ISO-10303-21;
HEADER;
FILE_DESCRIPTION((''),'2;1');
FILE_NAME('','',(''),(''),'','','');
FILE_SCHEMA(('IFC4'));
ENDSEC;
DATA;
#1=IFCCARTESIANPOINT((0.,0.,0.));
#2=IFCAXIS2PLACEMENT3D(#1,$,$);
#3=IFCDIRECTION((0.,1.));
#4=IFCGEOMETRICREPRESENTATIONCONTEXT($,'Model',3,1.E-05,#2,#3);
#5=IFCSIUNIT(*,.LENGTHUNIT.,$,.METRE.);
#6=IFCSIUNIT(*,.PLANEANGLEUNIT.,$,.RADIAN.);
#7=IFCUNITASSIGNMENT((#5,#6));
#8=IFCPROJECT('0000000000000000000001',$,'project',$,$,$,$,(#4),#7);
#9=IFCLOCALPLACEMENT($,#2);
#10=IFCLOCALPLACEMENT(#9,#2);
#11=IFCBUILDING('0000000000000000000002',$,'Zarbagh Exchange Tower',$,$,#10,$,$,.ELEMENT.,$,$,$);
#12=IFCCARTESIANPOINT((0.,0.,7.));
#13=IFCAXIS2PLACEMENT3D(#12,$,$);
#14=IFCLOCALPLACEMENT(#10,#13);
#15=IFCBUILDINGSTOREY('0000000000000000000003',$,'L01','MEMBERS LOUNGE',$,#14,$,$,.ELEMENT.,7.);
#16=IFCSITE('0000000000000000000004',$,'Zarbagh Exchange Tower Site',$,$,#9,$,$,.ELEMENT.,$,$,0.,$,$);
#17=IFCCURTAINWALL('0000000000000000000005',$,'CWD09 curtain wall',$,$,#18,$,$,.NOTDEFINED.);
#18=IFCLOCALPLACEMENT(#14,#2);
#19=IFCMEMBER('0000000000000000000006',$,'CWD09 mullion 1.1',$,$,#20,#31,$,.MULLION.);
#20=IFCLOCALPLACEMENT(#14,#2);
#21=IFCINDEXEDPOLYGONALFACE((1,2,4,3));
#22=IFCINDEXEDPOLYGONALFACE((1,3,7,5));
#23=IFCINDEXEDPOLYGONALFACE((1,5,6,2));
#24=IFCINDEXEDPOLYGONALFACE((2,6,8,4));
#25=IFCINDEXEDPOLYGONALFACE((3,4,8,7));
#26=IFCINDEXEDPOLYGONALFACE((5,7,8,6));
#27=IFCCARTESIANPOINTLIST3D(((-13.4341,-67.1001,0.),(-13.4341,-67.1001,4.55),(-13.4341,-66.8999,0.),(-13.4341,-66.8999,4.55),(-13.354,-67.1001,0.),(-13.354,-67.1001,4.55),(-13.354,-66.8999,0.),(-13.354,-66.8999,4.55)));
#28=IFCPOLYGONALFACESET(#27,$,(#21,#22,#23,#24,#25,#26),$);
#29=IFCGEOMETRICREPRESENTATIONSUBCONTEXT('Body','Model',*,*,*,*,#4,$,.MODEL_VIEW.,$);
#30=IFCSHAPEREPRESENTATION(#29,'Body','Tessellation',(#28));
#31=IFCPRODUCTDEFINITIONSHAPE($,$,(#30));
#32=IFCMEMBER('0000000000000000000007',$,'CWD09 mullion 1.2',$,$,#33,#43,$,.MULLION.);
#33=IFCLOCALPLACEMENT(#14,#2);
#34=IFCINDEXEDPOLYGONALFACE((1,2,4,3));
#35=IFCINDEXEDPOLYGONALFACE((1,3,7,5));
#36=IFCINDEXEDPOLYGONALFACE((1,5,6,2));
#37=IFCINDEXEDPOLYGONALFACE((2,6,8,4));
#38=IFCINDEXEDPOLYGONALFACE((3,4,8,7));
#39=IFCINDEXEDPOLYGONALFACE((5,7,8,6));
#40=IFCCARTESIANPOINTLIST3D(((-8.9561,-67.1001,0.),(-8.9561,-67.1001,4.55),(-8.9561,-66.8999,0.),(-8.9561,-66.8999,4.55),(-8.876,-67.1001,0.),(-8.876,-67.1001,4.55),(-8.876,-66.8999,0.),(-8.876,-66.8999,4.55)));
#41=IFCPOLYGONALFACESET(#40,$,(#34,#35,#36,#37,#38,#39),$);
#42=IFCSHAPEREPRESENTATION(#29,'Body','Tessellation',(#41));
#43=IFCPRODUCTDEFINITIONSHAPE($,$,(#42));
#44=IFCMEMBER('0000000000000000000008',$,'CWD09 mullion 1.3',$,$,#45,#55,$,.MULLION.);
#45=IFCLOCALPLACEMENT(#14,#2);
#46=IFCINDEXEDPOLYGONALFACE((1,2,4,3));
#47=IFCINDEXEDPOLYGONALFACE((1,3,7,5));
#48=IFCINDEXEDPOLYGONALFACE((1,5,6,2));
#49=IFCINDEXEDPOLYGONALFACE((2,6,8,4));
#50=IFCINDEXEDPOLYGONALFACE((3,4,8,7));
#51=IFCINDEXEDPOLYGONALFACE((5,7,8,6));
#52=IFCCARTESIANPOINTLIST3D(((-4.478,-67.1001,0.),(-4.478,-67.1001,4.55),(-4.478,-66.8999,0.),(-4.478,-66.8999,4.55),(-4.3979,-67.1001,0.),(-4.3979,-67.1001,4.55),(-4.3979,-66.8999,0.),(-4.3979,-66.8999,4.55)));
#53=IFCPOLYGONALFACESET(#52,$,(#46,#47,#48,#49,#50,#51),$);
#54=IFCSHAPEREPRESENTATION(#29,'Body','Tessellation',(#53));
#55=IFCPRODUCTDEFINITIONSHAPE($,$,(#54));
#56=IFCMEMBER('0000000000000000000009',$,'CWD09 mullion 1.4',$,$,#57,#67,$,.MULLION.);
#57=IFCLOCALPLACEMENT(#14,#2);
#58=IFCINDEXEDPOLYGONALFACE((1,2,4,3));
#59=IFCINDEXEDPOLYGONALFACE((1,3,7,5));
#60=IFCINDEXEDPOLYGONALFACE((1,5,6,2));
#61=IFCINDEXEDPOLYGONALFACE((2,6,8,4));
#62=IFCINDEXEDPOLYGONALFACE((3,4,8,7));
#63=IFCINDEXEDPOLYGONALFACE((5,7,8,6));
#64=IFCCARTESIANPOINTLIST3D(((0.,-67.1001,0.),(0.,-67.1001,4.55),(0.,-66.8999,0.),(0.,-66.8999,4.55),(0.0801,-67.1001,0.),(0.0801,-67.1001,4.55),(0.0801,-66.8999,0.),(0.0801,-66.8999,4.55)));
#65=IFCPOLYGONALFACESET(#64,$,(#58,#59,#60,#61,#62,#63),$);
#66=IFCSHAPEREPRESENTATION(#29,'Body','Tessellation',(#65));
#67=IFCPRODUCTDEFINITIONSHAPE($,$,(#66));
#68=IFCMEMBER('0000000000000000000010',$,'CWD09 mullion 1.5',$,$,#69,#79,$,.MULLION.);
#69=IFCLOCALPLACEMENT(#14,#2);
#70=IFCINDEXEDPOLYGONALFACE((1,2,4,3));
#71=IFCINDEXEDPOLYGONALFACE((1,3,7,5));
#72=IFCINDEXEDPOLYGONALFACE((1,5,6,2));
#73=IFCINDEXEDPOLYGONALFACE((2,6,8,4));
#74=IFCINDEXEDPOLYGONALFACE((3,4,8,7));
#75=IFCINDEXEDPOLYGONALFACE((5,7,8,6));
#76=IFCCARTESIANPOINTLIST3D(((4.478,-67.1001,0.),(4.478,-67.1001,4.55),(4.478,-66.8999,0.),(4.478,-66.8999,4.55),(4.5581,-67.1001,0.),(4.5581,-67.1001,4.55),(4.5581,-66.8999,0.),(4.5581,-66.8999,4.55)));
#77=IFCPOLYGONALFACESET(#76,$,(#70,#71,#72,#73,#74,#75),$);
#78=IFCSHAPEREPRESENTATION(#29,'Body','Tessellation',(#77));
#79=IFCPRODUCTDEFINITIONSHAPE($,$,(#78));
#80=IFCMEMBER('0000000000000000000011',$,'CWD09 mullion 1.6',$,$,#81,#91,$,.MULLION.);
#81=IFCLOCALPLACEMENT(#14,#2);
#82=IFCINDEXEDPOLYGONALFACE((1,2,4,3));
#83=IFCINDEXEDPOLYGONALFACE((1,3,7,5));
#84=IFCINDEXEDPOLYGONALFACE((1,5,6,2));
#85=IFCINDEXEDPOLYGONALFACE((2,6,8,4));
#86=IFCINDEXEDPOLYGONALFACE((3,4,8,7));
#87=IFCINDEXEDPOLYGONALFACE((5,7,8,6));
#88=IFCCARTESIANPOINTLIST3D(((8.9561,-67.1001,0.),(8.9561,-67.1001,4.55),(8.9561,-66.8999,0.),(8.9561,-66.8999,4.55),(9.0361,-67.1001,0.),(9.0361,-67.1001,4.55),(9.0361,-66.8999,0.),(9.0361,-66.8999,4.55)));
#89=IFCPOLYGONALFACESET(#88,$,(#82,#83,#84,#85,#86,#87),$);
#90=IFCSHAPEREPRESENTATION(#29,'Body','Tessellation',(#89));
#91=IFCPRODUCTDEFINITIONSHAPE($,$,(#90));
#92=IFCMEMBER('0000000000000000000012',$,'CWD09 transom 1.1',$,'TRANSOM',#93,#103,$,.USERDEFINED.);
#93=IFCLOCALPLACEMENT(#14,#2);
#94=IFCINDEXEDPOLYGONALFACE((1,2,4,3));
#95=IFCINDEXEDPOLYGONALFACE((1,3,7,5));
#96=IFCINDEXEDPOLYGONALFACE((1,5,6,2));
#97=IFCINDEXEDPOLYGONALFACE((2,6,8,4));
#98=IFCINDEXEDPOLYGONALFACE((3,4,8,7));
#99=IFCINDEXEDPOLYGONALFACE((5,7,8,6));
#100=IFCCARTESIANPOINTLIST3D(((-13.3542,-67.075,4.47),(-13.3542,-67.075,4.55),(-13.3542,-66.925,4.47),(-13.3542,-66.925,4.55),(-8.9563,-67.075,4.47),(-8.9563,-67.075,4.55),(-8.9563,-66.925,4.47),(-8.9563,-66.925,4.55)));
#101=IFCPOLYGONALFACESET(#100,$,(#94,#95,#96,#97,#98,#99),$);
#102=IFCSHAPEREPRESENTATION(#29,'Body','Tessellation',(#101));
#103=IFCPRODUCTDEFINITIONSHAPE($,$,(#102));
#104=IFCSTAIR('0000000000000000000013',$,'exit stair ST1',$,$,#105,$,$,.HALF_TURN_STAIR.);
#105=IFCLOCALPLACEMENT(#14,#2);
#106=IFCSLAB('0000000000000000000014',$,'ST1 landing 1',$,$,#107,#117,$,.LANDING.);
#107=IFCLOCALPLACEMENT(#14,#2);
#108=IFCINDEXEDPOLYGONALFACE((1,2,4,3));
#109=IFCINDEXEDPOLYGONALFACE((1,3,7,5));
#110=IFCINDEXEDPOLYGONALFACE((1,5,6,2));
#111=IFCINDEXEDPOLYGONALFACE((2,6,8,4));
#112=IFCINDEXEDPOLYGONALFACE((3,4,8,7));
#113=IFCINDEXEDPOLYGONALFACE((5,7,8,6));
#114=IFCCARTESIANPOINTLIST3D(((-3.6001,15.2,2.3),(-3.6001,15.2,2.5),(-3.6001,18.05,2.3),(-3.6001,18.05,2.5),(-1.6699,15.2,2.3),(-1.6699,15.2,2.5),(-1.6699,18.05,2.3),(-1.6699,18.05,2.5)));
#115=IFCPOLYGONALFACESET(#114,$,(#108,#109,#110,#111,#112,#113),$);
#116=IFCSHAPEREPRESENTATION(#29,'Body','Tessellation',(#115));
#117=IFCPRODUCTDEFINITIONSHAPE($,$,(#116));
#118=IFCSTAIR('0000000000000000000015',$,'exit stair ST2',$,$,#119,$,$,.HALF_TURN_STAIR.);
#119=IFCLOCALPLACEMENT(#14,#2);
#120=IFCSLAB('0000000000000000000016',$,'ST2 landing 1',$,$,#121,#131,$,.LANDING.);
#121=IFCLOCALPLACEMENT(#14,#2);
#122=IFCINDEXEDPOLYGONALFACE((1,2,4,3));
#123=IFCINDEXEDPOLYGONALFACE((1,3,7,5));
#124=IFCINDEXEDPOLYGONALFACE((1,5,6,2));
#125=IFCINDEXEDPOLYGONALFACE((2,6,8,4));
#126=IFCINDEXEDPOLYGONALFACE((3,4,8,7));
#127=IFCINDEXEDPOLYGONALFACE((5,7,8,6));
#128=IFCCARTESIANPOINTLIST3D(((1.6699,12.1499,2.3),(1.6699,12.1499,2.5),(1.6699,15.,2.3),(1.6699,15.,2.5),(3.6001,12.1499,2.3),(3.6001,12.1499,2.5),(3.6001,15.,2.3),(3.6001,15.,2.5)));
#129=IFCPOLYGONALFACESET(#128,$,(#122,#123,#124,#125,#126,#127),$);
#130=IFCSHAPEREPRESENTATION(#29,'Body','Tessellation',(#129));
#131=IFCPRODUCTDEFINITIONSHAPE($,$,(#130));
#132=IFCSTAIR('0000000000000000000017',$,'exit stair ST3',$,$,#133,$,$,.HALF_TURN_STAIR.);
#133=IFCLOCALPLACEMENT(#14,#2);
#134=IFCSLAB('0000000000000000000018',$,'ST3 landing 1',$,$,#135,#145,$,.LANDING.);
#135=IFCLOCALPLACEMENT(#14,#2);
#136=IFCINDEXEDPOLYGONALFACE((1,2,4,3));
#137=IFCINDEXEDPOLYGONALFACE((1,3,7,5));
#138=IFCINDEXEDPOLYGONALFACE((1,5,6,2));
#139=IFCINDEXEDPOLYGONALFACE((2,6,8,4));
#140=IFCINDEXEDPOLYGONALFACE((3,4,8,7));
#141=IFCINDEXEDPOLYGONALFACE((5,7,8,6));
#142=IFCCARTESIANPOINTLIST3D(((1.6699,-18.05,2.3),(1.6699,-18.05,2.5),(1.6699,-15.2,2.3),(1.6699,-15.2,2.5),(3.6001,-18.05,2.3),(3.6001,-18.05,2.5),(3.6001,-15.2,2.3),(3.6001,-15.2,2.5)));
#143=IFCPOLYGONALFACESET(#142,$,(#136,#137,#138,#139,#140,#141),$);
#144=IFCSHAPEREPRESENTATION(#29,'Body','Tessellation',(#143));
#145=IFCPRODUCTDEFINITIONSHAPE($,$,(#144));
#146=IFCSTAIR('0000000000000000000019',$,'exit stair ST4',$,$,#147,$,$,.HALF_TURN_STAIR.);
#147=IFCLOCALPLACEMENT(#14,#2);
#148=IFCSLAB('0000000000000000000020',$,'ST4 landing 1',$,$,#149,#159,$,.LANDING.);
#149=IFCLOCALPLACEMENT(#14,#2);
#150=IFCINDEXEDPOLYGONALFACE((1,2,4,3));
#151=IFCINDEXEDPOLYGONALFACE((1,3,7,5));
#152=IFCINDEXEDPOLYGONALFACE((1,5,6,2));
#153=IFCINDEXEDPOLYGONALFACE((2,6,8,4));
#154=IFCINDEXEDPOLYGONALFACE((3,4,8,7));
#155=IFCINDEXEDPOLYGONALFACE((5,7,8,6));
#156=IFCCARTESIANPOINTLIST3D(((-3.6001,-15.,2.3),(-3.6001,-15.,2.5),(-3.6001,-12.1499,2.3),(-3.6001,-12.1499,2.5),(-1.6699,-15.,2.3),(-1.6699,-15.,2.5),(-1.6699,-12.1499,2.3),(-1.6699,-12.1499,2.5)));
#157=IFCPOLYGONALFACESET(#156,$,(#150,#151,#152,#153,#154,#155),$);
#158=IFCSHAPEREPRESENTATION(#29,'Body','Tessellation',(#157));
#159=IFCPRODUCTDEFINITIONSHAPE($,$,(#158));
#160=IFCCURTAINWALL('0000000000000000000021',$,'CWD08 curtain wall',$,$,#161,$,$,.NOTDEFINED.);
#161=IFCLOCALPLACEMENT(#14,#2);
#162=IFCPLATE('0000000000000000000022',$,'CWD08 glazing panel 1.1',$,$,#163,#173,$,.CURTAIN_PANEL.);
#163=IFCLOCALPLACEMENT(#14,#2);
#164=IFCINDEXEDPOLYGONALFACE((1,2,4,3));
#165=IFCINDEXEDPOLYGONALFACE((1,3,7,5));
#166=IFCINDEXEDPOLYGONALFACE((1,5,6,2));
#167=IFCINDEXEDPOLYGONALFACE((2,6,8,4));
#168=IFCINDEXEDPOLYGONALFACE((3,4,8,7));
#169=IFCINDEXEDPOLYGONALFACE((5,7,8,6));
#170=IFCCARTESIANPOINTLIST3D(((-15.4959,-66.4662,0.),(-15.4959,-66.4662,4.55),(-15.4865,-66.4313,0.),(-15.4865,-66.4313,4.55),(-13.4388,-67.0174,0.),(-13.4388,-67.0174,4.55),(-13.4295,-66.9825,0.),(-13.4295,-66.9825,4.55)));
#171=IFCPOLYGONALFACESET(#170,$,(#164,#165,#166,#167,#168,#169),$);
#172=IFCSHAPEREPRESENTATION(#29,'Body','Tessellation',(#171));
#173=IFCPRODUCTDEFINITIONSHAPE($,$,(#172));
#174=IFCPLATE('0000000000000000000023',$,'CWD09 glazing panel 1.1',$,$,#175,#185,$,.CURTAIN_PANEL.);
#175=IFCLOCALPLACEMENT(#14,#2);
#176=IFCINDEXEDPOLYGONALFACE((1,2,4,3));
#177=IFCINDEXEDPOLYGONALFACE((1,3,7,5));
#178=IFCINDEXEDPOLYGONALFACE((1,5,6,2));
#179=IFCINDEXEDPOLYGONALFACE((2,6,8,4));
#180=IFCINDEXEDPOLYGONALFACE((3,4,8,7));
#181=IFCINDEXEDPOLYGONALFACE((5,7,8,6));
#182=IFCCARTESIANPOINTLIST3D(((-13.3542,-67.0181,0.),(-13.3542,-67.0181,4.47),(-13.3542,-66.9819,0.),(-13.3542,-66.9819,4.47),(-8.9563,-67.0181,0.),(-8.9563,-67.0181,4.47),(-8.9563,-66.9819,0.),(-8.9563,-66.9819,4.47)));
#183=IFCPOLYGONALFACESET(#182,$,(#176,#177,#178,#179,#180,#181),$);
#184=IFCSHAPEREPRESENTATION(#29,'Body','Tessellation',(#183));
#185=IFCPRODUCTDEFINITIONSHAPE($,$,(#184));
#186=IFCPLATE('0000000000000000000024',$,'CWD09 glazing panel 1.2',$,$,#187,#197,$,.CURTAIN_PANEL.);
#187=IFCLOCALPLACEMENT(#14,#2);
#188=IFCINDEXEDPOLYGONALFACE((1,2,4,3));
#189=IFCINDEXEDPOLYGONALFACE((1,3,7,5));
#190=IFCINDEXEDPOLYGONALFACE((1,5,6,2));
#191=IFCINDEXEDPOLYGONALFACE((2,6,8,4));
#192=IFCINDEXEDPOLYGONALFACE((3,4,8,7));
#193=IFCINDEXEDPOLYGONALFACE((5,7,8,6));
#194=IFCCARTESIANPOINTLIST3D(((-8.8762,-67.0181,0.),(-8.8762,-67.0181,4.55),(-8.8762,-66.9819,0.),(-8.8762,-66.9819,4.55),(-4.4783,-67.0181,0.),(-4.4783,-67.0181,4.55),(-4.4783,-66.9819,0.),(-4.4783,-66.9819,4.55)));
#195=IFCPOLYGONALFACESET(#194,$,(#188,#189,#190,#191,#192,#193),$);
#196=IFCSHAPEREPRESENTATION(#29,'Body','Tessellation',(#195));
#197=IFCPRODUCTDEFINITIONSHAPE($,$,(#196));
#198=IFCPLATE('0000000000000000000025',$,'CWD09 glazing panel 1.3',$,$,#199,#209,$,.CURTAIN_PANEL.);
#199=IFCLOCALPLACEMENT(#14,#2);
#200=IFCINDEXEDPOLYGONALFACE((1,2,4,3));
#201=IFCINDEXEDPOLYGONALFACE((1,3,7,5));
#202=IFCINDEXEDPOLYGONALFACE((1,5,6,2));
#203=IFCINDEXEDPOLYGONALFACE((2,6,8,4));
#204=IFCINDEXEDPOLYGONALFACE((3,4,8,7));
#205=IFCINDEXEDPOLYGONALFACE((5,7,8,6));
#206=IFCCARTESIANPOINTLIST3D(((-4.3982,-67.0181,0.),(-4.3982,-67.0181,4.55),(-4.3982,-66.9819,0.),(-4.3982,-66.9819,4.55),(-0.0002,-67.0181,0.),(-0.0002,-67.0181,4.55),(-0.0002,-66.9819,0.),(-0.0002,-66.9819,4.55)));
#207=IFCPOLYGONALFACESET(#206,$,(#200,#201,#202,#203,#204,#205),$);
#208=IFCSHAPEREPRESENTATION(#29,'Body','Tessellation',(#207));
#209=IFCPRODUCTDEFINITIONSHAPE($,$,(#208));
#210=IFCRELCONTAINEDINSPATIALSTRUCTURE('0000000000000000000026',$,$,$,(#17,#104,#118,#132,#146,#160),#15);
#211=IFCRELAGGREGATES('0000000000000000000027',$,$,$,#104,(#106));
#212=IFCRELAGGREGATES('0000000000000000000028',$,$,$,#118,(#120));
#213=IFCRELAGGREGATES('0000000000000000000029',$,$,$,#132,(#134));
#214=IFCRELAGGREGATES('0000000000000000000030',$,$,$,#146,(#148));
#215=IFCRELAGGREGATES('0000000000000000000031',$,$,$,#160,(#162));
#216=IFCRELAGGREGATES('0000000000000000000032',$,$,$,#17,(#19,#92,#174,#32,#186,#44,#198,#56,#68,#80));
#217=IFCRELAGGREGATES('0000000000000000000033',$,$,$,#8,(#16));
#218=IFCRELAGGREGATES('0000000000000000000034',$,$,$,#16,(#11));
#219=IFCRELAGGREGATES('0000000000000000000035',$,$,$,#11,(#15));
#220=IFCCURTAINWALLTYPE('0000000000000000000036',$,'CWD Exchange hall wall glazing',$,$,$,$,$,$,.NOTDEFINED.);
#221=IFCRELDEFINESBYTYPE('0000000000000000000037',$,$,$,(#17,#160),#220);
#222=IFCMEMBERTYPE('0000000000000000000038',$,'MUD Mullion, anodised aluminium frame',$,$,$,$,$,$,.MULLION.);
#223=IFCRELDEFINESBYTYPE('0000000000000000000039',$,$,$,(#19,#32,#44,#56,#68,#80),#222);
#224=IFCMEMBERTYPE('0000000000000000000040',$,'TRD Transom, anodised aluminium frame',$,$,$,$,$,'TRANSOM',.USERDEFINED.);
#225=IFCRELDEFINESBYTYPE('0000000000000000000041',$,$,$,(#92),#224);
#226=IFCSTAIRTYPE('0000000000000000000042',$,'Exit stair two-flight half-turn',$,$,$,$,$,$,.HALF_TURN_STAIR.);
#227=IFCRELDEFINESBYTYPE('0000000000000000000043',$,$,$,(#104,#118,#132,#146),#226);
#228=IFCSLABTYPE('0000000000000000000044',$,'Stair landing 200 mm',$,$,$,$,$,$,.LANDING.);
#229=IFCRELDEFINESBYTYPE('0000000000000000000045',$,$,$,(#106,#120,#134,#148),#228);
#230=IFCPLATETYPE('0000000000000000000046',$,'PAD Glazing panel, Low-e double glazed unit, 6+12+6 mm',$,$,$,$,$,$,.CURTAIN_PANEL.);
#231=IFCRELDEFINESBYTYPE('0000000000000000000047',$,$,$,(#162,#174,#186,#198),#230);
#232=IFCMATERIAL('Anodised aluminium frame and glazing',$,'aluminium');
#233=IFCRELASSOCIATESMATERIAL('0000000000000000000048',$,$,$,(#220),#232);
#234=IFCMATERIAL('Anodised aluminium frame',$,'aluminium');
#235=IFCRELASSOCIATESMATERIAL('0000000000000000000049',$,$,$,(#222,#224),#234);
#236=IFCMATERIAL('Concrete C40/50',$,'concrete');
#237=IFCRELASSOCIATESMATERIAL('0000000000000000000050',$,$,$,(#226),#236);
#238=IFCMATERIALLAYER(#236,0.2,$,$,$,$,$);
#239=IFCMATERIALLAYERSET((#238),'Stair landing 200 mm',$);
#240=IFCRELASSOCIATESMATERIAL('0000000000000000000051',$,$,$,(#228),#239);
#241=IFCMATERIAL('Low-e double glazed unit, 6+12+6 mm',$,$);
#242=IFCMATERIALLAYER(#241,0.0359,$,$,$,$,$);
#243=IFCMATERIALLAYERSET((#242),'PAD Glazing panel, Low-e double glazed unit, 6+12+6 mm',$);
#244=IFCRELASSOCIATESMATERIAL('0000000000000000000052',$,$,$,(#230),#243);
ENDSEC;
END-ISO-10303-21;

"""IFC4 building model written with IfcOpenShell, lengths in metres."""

from ifc_helpers import new_model, si_unit, direction, frame, origin, place, context, subcontext, project, spatial, polyline, outline, extrude, source, transform, mapped, material, layer, layer_set, type_object, element, aggregate, save


model = new_model("IFC4")

# Units and contexts
model_context = context("Model", 3, precision=1e-05, world=origin(), true_north=direction((0.0, 1.0)))
body_context = subcontext(model_context, "Body", "Model", "MODEL_VIEW")
ifc_project = project(units=[si_unit("LENGTHUNIT", "METRE"), si_unit("PLANEANGLEUNIT", "RADIAN")], contexts=[model_context])

# Site, building, storey
site_placement = place(None, origin())
site = spatial("IfcSite", under=ifc_project, at=site_placement, Name="Zarbagh Exchange Tower Site", CompositionType="ELEMENT", RefElevation=0.0)
building_placement = place(site_placement, origin())
building = spatial("IfcBuilding", under=site, at=building_placement, Name="Zarbagh Exchange Tower", CompositionType="ELEMENT")
storey_placement = place(building_placement, frame((0.0, 0.0, 7.0)))
storey = spatial("IfcBuildingStorey", under=building, at=storey_placement, Name="L01", Description="MEMBERS LOUNGE", CompositionType="ELEMENT", Elevation=7.0)

# Curtain wall, members
ifc_material_1 = material(Name="Anodised aluminium frame and glazing", Category="aluminium")
curtain_wall_type = type_object("IfcCurtainWallType", Name="CWD Exchange hall wall glazing", PredefinedType="NOTDEFINED", material=ifc_material_1)
curtain_wall_1_placement = place(storey_placement, origin())
curtain_wall_1 = element("IfcCurtainWall", 1, at=curtain_wall_1_placement, inside=storey, type_object=curtain_wall_type, Name="CWD09 curtain wall", PredefinedType="NOTDEFINED")
ifc_material_2 = material(Name="Anodised aluminium frame", Category="aluminium")
member_type_1 = type_object("IfcMemberType", Name="MUD Mullion, anodised aluminium frame", PredefinedType="MULLION", material=ifc_material_2)
shared_shape_1 = source(origin(), body_context, "Body", "SweptSolid", [
    extrude(outline(polyline([(0.0, -0.1001), (0.0801, -0.1001), (0.0801, 0.1001), (0.0, 0.1001), (0.0, -0.1001)])), origin(), (0.0, 0.0, 1.0), 4.55),
])
placement = place(storey_placement, origin())
member_1 = element("IfcMember", 2, at=placement, type_object=member_type_1, Name="CWD09 mullion 1.1", PredefinedType="MULLION", context=body_context, shape_type="MappedRepresentation", body=[
    mapped(shared_shape_1, transform((-13.4341, -67.0, 0.0), x_axis=(1.0, 0.0, 0.0), y_axis=(0.0, 1.0, 0.0), z_axis=(0.0, 0.0, 1.0))),
])
member_2 = element("IfcMember", 3, at=placement, type_object=member_type_1, Name="CWD09 mullion 1.2", PredefinedType="MULLION", context=body_context, shape_type="MappedRepresentation", body=[
    mapped(shared_shape_1, transform((-8.9561, -67.0, 0.0), x_axis=(1.0, 0.0, 0.0), y_axis=(0.0, 1.0, 0.0), z_axis=(0.0, 0.0, 1.0))),
])
member_3 = element("IfcMember", 4, at=placement, type_object=member_type_1, Name="CWD09 mullion 1.3", PredefinedType="MULLION", context=body_context, shape_type="MappedRepresentation", body=[
    mapped(shared_shape_1, transform((-4.478, -67.0, 0.0), x_axis=(1.0, 0.0, 0.0), y_axis=(0.0, 1.0, 0.0), z_axis=(0.0, 0.0, 1.0))),
])
member_4 = element("IfcMember", 5, at=placement, type_object=member_type_1, Name="CWD09 mullion 1.4", PredefinedType="MULLION", context=body_context, shape_type="MappedRepresentation", body=[
    mapped(shared_shape_1, transform((0.0, -67.0, 0.0), x_axis=(1.0, 0.0, 0.0), y_axis=(0.0, 1.0, 0.0), z_axis=(0.0, 0.0, 1.0))),
])
member_5 = element("IfcMember", 6, at=placement, type_object=member_type_1, Name="CWD09 mullion 1.5", PredefinedType="MULLION", context=body_context, shape_type="MappedRepresentation", body=[
    mapped(shared_shape_1, transform((4.478, -67.0, 0.0), x_axis=(1.0, 0.0, 0.0), y_axis=(0.0, 1.0, 0.0), z_axis=(0.0, 0.0, 1.0))),
])
member_6 = element("IfcMember", 7, at=placement, type_object=member_type_1, Name="CWD09 mullion 1.6", PredefinedType="MULLION", context=body_context, shape_type="MappedRepresentation", body=[
    mapped(shared_shape_1, transform((8.9561, -67.0, 0.0), x_axis=(1.0, 0.0, 0.0), y_axis=(0.0, 1.0, 0.0), z_axis=(0.0, 0.0, 1.0))),
])
member_type_2 = type_object("IfcMemberType", Name="TRD Transom, anodised aluminium frame", ElementType="TRANSOM", PredefinedType="USERDEFINED", material=ifc_material_2)
shared_shape_2 = source(origin(), body_context, "Body", "SweptSolid", [
    extrude(outline(polyline([(-0.0801, -0.075), (0.0, -0.075), (0.0, 0.075), (-0.0801, 0.075), (-0.0801, -0.075)])), origin(), (0.0, 0.0, 1.0), 4.3979),
])
member_7 = element("IfcMember", 8, at=placement, type_object=member_type_2, Name="CWD09 transom 1.1", ObjectType="TRANSOM", PredefinedType="USERDEFINED", context=body_context, shape_type="MappedRepresentation", body=[
    mapped(shared_shape_2, transform((-13.3542, -67.0, 4.55), x_axis=(0.0, 0.0, 1.0), y_axis=(0.0, -1.0, 0.0), z_axis=(1.0, 0.0, 0.0))),
])

# Stairs, slabs
ifc_material_3 = material(Name="Concrete C40/50", Category="concrete")
stair_type = type_object("IfcStairType", Name="Exit stair two-flight half-turn", PredefinedType="HALF_TURN_STAIR", material=ifc_material_3)
stair_1_placement = place(storey_placement, origin())
stair_1 = element("IfcStair", 9, at=stair_1_placement, inside=storey, type_object=stair_type, Name="exit stair ST1", PredefinedType="HALF_TURN_STAIR")
ifc_layer_1 = layer(ifc_material_3, 0.2)
ifc_layer_set_1 = layer_set([ifc_layer_1], Name="Stair landing 200 mm")
slab_type = type_object("IfcSlabType", Name="Stair landing 200 mm", PredefinedType="LANDING", material=ifc_layer_set_1)
slab_1_placement = place(storey_placement, frame((0.0, 0.0, 2.3)))
slab_1 = element("IfcSlab", 10, at=slab_1_placement, type_object=slab_type, Name="ST1 landing 1", PredefinedType="LANDING", context=body_context, shape_type="SweptSolid", body=[
    extrude(outline(polyline([(-1.6699, 18.05), (-3.6001, 18.05), (-3.6001, 15.2), (-1.6699, 15.2), (-1.6699, 18.05)])), origin(), (0.0, 0.0, 1.0), 0.2),
])
aggregate(stair_1, [slab_1])
stair_2_placement = place(storey_placement, origin())
stair_2 = element("IfcStair", 11, at=stair_2_placement, inside=storey, type_object=stair_type, Name="exit stair ST2", PredefinedType="HALF_TURN_STAIR")
slab_2_placement = place(storey_placement, frame((0.0, 0.0, 2.3)))
slab_2 = element("IfcSlab", 12, at=slab_2_placement, type_object=slab_type, Name="ST2 landing 1", PredefinedType="LANDING", context=body_context, shape_type="SweptSolid", body=[
    extrude(outline(polyline([(1.6699, 12.1499), (3.6001, 12.1499), (3.6001, 15.0), (1.6699, 15.0), (1.6699, 12.1499)])), origin(), (0.0, 0.0, 1.0), 0.2),
])
aggregate(stair_2, [slab_2])
stair_3_placement = place(storey_placement, origin())
stair_3 = element("IfcStair", 13, at=stair_3_placement, inside=storey, type_object=stair_type, Name="exit stair ST3", PredefinedType="HALF_TURN_STAIR")
slab_3_placement = place(storey_placement, frame((0.0, 0.0, 2.3)))
slab_3 = element("IfcSlab", 14, at=slab_3_placement, type_object=slab_type, Name="ST3 landing 1", PredefinedType="LANDING", context=body_context, shape_type="SweptSolid", body=[
    extrude(outline(polyline([(1.6699, -18.05), (3.6001, -18.05), (3.6001, -15.2), (1.6699, -15.2), (1.6699, -18.05)])), origin(), (0.0, 0.0, 1.0), 0.2),
])
aggregate(stair_3, [slab_3])
stair_4_placement = place(storey_placement, origin())
stair_4 = element("IfcStair", 15, at=stair_4_placement, inside=storey, type_object=stair_type, Name="exit stair ST4", PredefinedType="HALF_TURN_STAIR")
slab_4_placement = place(storey_placement, frame((0.0, 0.0, 2.3)))
slab_4 = element("IfcSlab", 16, at=slab_4_placement, type_object=slab_type, Name="ST4 landing 1", PredefinedType="LANDING", context=body_context, shape_type="SweptSolid", body=[
    extrude(outline(polyline([(-1.6699, -12.1499), (-3.6001, -12.1499), (-3.6001, -15.0), (-1.6699, -15.0), (-1.6699, -12.1499)])), origin(), (0.0, 0.0, 1.0), 0.2),
])
aggregate(stair_4, [slab_4])

# Curtain wall, plate
curtain_wall_2_placement = place(storey_placement, origin())
curtain_wall_2 = element("IfcCurtainWall", 17, at=curtain_wall_2_placement, inside=storey, type_object=curtain_wall_type, Name="CWD08 curtain wall", PredefinedType="NOTDEFINED")
ifc_material_4 = material(Name="Low-e double glazed unit, 6+12+6 mm")
ifc_layer_2 = layer(ifc_material_4, 0.0359)
ifc_layer_set_2 = layer_set([ifc_layer_2], Name="PAD Glazing panel, Low-e double glazed unit, 6+12+6 mm")
plate_type = type_object("IfcPlateType", Name="PAD Glazing panel, Low-e double glazed unit, 6+12+6 mm", PredefinedType="CURTAIN_PANEL", material=ifc_layer_set_2)
shared_shape_3 = source(origin(), body_context, "Body", "SweptSolid", [
    extrude(outline(polyline([(0.0, -0.0181), (2.1296, -0.0181), (2.1296, 0.0181), (0.0, 0.0181), (0.0, -0.0181)])), origin(), (0.0, 0.0, 1.0), 4.55),
])
plate_1 = element("IfcPlate", 18, at=placement, type_object=plate_type, Name="CWD08 glazing panel 1.1", PredefinedType="CURTAIN_PANEL", context=body_context, shape_type="MappedRepresentation", body=[
    mapped(shared_shape_3, transform((-15.4912, -66.4487, 0.0), x_axis=(0.965924, -0.258825, 0.0), y_axis=(0.258825, 0.965924, 0.0), z_axis=(0.0, 0.0, 1.0))),
])
aggregate(curtain_wall_2, [plate_1])

# Plates
shared_shape_4 = source(origin(), body_context, "Body", "SweptSolid", [
    extrude(outline(polyline([(0.0, -0.0181), (4.3979, -0.0181), (4.3979, 0.0181), (0.0, 0.0181), (0.0, -0.0181)])), origin(), (0.0, 0.0, 1.0), 4.47),
])
plate_2 = element("IfcPlate", 19, at=placement, type_object=plate_type, Name="CWD09 glazing panel 1.1", PredefinedType="CURTAIN_PANEL", context=body_context, shape_type="MappedRepresentation", body=[
    mapped(shared_shape_4, transform((-13.3542, -67.0, 0.0), x_axis=(1.0, 0.0, 0.0), y_axis=(0.0, 1.0, 0.0), z_axis=(0.0, 0.0, 1.0))),
])
shared_shape_5 = source(origin(), body_context, "Body", "SweptSolid", [
    extrude(outline(polyline([(0.0, -0.0181), (4.3979, -0.0181), (4.3979, 0.0181), (0.0, 0.0181), (0.0, -0.0181)])), origin(), (0.0, 0.0, 1.0), 4.55),
])
plate_3 = element("IfcPlate", 20, at=placement, type_object=plate_type, Name="CWD09 glazing panel 1.2", PredefinedType="CURTAIN_PANEL", context=body_context, shape_type="MappedRepresentation", body=[
    mapped(shared_shape_5, transform((-8.8762, -67.0, 0.0), x_axis=(1.0, 0.0, 0.0), y_axis=(0.0, 1.0, 0.0), z_axis=(0.0, 0.0, 1.0))),
])
plate_4 = element("IfcPlate", 21, at=placement, type_object=plate_type, Name="CWD09 glazing panel 1.3", PredefinedType="CURTAIN_PANEL", context=body_context, shape_type="MappedRepresentation", body=[
    mapped(shared_shape_5, transform((-4.3982, -67.0, 0.0), x_axis=(1.0, 0.0, 0.0), y_axis=(0.0, 1.0, 0.0), z_axis=(0.0, 0.0, 1.0))),
])
aggregate(curtain_wall_1, [member_1, member_7, plate_2, member_2, plate_3, member_3, plate_4, member_4, member_5, member_6])

save(model, "model.ifc")
